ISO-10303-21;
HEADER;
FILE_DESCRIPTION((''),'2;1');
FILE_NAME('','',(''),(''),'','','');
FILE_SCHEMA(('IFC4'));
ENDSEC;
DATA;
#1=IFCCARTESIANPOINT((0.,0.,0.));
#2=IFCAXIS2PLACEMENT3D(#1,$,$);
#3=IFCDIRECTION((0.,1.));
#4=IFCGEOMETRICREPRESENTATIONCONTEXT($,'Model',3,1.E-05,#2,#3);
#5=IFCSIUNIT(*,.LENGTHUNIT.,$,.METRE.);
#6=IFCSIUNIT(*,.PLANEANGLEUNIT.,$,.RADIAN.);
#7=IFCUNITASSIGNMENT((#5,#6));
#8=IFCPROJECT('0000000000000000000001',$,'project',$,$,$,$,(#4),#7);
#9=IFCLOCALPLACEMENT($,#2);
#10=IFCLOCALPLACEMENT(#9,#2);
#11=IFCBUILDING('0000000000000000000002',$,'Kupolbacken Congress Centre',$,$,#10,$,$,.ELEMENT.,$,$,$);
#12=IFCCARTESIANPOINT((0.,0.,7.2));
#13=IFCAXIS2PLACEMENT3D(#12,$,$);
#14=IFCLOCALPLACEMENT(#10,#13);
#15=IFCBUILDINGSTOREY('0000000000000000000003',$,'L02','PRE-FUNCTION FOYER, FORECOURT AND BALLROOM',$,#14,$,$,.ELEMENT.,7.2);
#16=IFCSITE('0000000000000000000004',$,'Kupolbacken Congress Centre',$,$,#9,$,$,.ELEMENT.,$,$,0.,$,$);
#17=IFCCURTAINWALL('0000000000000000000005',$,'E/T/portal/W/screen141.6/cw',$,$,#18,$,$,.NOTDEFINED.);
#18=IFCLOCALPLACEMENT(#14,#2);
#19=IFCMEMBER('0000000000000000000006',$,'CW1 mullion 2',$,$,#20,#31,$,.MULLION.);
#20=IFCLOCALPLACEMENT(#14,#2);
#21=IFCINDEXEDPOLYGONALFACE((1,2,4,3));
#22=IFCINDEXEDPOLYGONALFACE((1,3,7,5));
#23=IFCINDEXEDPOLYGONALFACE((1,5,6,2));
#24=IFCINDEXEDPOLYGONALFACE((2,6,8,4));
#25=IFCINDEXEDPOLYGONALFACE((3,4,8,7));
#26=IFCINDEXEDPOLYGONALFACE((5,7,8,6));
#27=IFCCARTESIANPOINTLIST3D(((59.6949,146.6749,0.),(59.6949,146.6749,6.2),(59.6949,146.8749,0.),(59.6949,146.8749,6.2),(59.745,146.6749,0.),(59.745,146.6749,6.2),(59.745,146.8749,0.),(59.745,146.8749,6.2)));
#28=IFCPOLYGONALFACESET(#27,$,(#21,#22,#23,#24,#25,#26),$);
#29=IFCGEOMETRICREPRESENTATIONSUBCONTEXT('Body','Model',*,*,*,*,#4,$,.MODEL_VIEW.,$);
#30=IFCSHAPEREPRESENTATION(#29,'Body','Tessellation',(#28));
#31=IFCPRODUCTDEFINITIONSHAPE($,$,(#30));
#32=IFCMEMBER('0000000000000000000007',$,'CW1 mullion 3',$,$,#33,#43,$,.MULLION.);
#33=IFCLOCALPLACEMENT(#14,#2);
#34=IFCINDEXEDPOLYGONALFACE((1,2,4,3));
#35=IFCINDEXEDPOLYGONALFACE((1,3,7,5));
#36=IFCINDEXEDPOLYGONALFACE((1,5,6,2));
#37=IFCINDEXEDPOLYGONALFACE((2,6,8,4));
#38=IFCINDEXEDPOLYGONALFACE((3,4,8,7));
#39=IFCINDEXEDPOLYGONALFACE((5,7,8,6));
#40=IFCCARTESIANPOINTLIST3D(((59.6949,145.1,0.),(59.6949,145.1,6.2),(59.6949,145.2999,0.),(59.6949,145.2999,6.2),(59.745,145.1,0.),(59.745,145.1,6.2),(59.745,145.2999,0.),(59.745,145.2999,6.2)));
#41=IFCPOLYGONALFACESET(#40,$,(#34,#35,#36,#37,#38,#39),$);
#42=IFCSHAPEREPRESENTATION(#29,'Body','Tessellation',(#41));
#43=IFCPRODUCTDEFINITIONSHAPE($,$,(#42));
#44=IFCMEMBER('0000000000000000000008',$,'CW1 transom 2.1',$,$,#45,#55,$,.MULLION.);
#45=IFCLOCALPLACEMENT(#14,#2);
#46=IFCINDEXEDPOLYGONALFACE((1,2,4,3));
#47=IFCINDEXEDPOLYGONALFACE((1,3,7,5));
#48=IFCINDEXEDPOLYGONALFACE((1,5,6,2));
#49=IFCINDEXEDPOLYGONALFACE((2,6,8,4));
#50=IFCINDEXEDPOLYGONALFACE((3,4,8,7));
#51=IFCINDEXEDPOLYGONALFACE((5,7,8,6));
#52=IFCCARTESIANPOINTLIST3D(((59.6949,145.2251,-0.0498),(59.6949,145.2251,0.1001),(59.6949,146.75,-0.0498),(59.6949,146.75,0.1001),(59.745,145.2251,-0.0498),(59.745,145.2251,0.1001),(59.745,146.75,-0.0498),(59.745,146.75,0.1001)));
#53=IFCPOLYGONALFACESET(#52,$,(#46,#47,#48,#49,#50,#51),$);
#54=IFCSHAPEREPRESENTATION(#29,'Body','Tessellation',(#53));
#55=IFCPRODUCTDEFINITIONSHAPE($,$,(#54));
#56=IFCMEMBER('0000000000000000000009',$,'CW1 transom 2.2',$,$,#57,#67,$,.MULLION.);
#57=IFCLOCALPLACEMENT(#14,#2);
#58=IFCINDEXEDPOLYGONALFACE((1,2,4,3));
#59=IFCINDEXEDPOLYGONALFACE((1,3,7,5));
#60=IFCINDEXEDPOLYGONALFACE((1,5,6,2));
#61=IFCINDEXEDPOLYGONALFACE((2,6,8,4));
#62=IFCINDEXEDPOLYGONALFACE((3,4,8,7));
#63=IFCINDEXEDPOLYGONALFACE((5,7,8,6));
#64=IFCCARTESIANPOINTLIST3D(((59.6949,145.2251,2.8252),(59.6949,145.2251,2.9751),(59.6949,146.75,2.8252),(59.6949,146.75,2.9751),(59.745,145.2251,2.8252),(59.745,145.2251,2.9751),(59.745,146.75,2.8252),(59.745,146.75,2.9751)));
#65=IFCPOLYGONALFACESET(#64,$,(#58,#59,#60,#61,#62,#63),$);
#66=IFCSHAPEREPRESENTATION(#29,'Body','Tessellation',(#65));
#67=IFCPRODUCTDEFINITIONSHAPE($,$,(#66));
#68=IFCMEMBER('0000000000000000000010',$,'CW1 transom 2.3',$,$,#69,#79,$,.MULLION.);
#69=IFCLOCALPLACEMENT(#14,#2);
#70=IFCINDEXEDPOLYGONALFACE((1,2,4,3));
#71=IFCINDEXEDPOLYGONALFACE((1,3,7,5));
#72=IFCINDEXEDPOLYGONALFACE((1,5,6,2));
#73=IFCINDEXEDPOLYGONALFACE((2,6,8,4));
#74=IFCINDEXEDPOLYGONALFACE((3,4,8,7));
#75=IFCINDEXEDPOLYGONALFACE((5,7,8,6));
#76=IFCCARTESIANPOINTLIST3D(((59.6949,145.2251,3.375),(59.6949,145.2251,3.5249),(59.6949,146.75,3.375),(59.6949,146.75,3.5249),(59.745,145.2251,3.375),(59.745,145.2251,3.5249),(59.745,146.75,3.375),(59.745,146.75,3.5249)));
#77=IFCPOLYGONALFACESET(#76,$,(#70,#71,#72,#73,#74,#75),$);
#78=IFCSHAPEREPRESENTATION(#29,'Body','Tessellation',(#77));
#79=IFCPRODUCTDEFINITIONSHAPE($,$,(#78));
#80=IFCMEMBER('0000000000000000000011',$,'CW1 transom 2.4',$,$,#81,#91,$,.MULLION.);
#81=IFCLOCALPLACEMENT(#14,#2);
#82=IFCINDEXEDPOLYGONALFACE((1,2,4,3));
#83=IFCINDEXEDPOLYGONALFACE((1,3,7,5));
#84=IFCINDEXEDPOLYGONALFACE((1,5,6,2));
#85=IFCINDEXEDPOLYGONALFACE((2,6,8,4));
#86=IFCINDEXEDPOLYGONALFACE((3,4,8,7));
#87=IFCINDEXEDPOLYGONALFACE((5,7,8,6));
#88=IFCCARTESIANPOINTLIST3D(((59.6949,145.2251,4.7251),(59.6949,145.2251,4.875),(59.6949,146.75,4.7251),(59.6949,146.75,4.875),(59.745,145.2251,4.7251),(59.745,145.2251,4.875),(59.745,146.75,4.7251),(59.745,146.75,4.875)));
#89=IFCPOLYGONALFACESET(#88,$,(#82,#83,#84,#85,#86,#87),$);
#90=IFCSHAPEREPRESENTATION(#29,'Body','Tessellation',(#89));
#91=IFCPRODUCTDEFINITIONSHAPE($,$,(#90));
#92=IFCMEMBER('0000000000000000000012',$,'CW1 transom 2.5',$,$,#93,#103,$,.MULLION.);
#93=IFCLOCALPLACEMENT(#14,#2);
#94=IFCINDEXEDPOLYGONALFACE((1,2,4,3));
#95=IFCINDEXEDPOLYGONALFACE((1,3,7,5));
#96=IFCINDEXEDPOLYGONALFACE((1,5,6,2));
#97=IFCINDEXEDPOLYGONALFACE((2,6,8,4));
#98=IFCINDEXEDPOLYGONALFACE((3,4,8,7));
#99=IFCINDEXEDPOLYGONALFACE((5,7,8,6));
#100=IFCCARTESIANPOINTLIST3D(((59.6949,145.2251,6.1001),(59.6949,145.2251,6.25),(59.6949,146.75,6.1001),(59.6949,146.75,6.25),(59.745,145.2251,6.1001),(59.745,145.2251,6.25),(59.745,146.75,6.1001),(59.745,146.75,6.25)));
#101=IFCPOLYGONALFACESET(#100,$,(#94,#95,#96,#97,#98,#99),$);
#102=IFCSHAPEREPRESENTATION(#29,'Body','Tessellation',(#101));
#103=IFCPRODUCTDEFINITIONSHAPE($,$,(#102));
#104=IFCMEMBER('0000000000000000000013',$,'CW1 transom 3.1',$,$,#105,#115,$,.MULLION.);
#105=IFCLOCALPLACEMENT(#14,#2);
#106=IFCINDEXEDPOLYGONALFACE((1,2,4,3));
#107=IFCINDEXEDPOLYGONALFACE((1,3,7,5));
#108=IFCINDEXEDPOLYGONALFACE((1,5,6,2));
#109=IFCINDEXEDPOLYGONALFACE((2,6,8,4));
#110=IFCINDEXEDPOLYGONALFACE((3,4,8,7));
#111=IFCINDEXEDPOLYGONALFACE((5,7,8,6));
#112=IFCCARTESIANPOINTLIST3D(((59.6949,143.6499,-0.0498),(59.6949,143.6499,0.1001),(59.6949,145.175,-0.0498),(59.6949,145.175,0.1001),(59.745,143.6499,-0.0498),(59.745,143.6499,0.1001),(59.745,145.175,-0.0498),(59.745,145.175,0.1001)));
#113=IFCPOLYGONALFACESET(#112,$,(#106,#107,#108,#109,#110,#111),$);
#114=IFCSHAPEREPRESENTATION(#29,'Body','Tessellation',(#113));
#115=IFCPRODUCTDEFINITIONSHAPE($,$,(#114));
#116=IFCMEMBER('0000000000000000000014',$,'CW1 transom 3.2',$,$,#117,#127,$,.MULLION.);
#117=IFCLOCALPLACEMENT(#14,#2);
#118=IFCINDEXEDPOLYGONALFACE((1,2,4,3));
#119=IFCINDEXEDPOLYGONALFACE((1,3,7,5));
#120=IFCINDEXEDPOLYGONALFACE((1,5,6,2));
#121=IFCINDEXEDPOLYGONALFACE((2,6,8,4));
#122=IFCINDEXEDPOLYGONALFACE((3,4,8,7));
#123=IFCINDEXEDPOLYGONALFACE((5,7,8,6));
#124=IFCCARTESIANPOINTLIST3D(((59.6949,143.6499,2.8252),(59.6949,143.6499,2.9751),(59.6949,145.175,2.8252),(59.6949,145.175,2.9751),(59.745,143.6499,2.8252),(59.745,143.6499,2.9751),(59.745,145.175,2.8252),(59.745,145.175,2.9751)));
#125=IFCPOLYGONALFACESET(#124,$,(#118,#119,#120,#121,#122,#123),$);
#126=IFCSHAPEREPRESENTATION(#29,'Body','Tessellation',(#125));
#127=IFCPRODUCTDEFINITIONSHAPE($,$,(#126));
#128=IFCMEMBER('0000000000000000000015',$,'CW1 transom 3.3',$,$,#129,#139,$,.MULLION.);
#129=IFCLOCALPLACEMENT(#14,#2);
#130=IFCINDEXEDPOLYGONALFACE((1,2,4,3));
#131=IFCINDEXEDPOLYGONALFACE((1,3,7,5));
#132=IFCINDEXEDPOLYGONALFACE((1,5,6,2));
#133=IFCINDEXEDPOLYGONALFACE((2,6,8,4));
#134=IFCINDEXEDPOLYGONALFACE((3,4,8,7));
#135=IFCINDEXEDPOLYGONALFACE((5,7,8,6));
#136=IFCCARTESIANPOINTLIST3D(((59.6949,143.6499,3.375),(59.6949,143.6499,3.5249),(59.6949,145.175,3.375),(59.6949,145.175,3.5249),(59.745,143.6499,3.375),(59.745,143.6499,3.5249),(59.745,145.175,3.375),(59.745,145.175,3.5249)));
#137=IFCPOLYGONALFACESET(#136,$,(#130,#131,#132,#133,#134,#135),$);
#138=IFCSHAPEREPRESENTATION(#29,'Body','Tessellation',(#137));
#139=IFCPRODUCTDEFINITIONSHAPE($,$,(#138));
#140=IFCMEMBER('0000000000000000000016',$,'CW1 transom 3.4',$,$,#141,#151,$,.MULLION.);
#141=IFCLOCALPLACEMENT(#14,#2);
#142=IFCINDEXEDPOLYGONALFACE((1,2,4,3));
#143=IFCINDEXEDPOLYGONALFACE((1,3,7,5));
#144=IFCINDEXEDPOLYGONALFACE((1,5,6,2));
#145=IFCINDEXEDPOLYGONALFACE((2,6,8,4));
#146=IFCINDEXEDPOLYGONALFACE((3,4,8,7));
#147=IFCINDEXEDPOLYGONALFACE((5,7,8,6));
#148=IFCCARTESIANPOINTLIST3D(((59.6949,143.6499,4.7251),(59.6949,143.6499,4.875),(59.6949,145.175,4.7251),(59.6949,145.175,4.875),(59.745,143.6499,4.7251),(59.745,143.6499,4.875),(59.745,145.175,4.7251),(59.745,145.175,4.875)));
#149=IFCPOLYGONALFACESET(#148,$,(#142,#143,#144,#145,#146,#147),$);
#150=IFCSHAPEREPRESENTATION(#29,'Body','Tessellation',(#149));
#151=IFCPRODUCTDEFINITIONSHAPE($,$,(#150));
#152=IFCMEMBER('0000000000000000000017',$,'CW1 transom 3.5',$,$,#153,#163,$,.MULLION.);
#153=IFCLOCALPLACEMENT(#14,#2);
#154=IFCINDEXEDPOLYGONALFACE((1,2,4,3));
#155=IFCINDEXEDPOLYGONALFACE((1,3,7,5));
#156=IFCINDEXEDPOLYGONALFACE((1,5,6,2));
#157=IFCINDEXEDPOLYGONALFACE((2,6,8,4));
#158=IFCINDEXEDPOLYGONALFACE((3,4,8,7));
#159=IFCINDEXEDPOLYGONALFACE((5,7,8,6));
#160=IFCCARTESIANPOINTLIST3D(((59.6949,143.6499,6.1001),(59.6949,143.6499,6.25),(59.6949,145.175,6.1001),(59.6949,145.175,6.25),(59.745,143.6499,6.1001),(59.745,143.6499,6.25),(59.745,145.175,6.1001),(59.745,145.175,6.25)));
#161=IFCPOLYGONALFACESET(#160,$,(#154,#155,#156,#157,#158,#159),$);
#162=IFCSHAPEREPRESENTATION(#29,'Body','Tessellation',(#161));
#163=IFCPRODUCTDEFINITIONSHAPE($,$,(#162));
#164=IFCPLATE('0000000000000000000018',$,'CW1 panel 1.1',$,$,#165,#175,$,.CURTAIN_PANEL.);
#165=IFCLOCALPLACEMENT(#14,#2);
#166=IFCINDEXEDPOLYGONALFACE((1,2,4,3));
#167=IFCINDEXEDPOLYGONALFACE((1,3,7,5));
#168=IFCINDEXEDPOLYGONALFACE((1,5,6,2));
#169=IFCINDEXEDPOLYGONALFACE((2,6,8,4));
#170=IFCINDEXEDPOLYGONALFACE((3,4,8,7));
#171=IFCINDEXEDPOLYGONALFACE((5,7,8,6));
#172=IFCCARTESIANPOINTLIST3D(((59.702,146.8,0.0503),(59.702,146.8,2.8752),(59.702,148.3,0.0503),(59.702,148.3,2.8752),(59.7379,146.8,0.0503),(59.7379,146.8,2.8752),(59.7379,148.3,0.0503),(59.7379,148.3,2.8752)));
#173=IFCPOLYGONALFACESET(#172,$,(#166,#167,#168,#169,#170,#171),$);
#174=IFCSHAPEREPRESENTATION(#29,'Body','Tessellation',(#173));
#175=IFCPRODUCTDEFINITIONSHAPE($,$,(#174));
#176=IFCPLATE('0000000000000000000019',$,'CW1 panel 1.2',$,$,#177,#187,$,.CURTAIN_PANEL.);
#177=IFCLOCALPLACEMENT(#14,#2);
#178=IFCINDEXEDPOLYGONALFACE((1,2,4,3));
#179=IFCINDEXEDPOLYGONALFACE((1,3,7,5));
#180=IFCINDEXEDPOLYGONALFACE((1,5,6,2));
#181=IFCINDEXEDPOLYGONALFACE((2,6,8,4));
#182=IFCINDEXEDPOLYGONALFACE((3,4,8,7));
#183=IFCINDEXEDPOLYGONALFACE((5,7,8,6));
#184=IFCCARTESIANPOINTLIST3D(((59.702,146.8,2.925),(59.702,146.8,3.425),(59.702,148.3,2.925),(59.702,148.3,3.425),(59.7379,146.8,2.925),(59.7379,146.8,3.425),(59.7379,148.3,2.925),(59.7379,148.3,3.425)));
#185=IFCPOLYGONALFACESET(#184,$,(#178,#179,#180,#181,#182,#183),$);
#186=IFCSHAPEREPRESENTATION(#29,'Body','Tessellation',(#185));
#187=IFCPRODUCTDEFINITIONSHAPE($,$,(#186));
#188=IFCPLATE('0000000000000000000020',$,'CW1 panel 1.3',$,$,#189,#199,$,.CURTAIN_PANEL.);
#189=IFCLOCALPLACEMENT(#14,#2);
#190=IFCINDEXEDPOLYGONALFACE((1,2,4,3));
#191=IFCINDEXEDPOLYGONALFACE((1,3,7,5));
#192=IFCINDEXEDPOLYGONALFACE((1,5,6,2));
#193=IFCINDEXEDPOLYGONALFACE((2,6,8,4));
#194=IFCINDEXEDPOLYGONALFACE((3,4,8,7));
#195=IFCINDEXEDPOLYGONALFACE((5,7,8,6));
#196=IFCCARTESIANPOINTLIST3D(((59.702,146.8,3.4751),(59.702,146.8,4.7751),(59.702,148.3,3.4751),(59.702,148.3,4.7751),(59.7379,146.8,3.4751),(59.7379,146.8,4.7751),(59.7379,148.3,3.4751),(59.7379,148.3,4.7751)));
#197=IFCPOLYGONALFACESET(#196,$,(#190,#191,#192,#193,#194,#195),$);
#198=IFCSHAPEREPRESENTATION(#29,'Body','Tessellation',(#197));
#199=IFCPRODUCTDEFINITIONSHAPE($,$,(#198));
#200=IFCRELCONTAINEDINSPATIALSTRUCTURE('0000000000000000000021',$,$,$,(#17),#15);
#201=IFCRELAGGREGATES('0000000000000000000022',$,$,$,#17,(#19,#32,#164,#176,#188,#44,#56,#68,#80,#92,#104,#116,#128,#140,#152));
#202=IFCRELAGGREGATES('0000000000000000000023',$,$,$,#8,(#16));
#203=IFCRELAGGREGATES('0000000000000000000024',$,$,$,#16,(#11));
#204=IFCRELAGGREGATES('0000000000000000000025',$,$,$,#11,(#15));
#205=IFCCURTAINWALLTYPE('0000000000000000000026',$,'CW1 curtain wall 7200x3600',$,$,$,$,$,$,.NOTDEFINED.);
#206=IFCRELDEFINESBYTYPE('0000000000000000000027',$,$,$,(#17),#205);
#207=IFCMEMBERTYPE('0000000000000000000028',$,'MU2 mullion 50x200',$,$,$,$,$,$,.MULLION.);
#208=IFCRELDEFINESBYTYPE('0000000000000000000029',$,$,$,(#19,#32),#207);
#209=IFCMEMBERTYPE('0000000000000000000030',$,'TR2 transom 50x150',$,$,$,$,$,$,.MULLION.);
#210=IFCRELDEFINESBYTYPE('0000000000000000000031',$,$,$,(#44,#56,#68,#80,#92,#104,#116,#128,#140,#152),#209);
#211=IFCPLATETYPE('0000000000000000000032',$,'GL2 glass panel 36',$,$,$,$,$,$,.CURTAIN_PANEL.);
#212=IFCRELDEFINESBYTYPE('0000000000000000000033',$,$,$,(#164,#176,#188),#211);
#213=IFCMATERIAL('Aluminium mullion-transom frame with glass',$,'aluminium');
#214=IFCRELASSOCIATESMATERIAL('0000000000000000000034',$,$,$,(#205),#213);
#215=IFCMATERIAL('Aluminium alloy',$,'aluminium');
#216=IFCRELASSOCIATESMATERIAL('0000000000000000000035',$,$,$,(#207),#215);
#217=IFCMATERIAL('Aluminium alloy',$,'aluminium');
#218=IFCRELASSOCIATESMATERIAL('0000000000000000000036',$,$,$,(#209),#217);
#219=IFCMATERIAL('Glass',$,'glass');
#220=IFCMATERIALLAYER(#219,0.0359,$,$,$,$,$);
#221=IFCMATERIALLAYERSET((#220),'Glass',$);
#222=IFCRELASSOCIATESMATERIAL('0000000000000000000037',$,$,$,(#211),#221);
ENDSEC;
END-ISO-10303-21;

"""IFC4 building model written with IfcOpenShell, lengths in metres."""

from ifc_helpers import new_model, si_unit, direction, frame, origin, origin_2d, place, context, subcontext, project, spatial, rectangle, extrude, material, layer, layer_set, material_profile, profile_set, type_object, element, aggregate, save


model = new_model("IFC4")

# Units and contexts
model_context = context("Model", 3, precision=1e-05, world=origin(), true_north=direction((0.0, 1.0)))
body_context = subcontext(model_context, "Body", "Model", "MODEL_VIEW")
ifc_project = project(units=[si_unit("LENGTHUNIT", "METRE"), si_unit("PLANEANGLEUNIT", "RADIAN")], contexts=[model_context])

# Site, building, storey
site_placement = place(None, origin())
site = spatial("IfcSite", under=ifc_project, at=site_placement, Name="Kupolbacken Congress Centre", CompositionType="ELEMENT", RefElevation=0.0)
building_placement = place(site_placement, origin())
building = spatial("IfcBuilding", under=site, at=building_placement, Name="Kupolbacken Congress Centre", CompositionType="ELEMENT")
storey_placement = place(building_placement, frame((0.0, 0.0, 7.2)))
storey = spatial("IfcBuildingStorey", under=building, at=storey_placement, Name="L02", Description="PRE-FUNCTION FOYER, FORECOURT AND BALLROOM", CompositionType="ELEMENT", Elevation=7.2)

# Curtain wall, members, plates
ifc_material_1 = material(Name="Aluminium mullion-transom frame with glass", Category="aluminium")
curtain_wall_type = type_object("IfcCurtainWallType", Name="CW1 curtain wall 7200x3600", PredefinedType="NOTDEFINED", material=ifc_material_1)
curtain_wall_placement = place(storey_placement, origin())
curtain_wall = element("IfcCurtainWall", 1, at=curtain_wall_placement, inside=storey, type_object=curtain_wall_type, Name="E/T/portal/W/screen141.6/cw", PredefinedType="NOTDEFINED")
ifc_material_2 = material(Name="Aluminium alloy", Category="aluminium")
ifc_material_profile_1 = material_profile(ifc_material_2, rectangle(XDim=0.05, YDim=0.2, at=origin_2d()), Name="50 x 200")
ifc_profile_set_1 = profile_set([ifc_material_profile_1], Name="Aluminium alloy")
member_type_1 = type_object("IfcMemberType", Name="MU2 mullion 50x200", PredefinedType="MULLION", material=ifc_profile_set_1)
member_1_placement = place(storey_placement, frame((59.72, 146.7749, 0.0), z_axis=(0.0, 0.0, 1.0), x_axis=(1.0, 0.0, 0.0)))
member_1 = element("IfcMember", 2, at=member_1_placement, type_object=member_type_1, Name="CW1 mullion 2", PredefinedType="MULLION", context=body_context, shape_type="SweptSolid", body=[
    extrude(rectangle(XDim=0.05, YDim=0.2, at=origin_2d()), origin(), (0.0, 0.0, 1.0), 6.2),
])
member_2_placement = place(storey_placement, frame((59.72, 145.2, 0.0), z_axis=(0.0, 0.0, 1.0), x_axis=(1.0, 0.0, 0.0)))
member_2 = element("IfcMember", 3, at=member_2_placement, type_object=member_type_1, Name="CW1 mullion 3", PredefinedType="MULLION", context=body_context, shape_type="SweptSolid", body=[
    extrude(rectangle(XDim=0.05, YDim=0.2, at=origin_2d()), origin(), (0.0, 0.0, 1.0), 6.2),
])
ifc_material_3 = material(Name="Aluminium alloy", Category="aluminium")
ifc_material_profile_2 = material_profile(ifc_material_3, rectangle(XDim=0.05, YDim=0.1499, at=origin_2d()), Name="50 x 150")
ifc_profile_set_2 = profile_set([ifc_material_profile_2], Name="Aluminium alloy")
member_type_2 = type_object("IfcMemberType", Name="TR2 transom 50x150", PredefinedType="MULLION", material=ifc_profile_set_2)
member_3_placement = place(storey_placement, frame((59.72, 146.75, 0.0251), z_axis=(0.0, -1.0, 0.0), x_axis=(1.0, 0.0, 0.0)))
member_3 = element("IfcMember", 4, at=member_3_placement, type_object=member_type_2, Name="CW1 transom 2.1", PredefinedType="MULLION", context=body_context, shape_type="SweptSolid", body=[
    extrude(rectangle(XDim=0.05, YDim=0.1499, at=origin_2d()), origin(), (0.0, 0.0, 1.0), 1.5249),
])
member_4_placement = place(storey_placement, frame((59.72, 146.75, 2.9001), z_axis=(0.0, -1.0, 0.0), x_axis=(1.0, 0.0, 0.0)))
member_4 = element("IfcMember", 5, at=member_4_placement, type_object=member_type_2, Name="CW1 transom 2.2", PredefinedType="MULLION", context=body_context, shape_type="SweptSolid", body=[
    extrude(rectangle(XDim=0.05, YDim=0.1499, at=origin_2d()), origin(), (0.0, 0.0, 1.0), 1.5249),
])
member_5_placement = place(storey_placement, frame((59.72, 146.75, 3.45), z_axis=(0.0, -1.0, 0.0), x_axis=(1.0, 0.0, 0.0)))
member_5 = element("IfcMember", 6, at=member_5_placement, type_object=member_type_2, Name="CW1 transom 2.3", PredefinedType="MULLION", context=body_context, shape_type="SweptSolid", body=[
    extrude(rectangle(XDim=0.05, YDim=0.1499, at=origin_2d()), origin(), (0.0, 0.0, 1.0), 1.5249),
])
member_6_placement = place(storey_placement, frame((59.72, 146.75, 4.8), z_axis=(0.0, -1.0, 0.0), x_axis=(1.0, 0.0, 0.0)))
member_6 = element("IfcMember", 7, at=member_6_placement, type_object=member_type_2, Name="CW1 transom 2.4", PredefinedType="MULLION", context=body_context, shape_type="SweptSolid", body=[
    extrude(rectangle(XDim=0.05, YDim=0.1499, at=origin_2d()), origin(), (0.0, 0.0, 1.0), 1.5249),
])
member_7_placement = place(storey_placement, frame((59.72, 146.75, 6.175), z_axis=(0.0, -1.0, 0.0), x_axis=(1.0, 0.0, 0.0)))
member_7 = element("IfcMember", 8, at=member_7_placement, type_object=member_type_2, Name="CW1 transom 2.5", PredefinedType="MULLION", context=body_context, shape_type="SweptSolid", body=[
    extrude(rectangle(XDim=0.05, YDim=0.1499, at=origin_2d()), origin(), (0.0, 0.0, 1.0), 1.5249),
])
member_8_placement = place(storey_placement, frame((59.72, 145.175, 0.0251), z_axis=(0.0, -1.0, 0.0), x_axis=(1.0, 0.0, 0.0)))
member_8 = element("IfcMember", 9, at=member_8_placement, type_object=member_type_2, Name="CW1 transom 3.1", PredefinedType="MULLION", context=body_context, shape_type="SweptSolid", body=[
    extrude(rectangle(XDim=0.05, YDim=0.1499, at=origin_2d()), origin(), (0.0, 0.0, 1.0), 1.5251),
])
member_9_placement = place(storey_placement, frame((59.72, 145.175, 2.9001), z_axis=(0.0, -1.0, 0.0), x_axis=(1.0, 0.0, 0.0)))
member_9 = element("IfcMember", 10, at=member_9_placement, type_object=member_type_2, Name="CW1 transom 3.2", PredefinedType="MULLION", context=body_context, shape_type="SweptSolid", body=[
    extrude(rectangle(XDim=0.05, YDim=0.1499, at=origin_2d()), origin(), (0.0, 0.0, 1.0), 1.5251),
])
member_10_placement = place(storey_placement, frame((59.72, 145.175, 3.45), z_axis=(0.0, -1.0, 0.0), x_axis=(1.0, 0.0, 0.0)))
member_10 = element("IfcMember", 11, at=member_10_placement, type_object=member_type_2, Name="CW1 transom 3.3", PredefinedType="MULLION", context=body_context, shape_type="SweptSolid", body=[
    extrude(rectangle(XDim=0.05, YDim=0.1499, at=origin_2d()), origin(), (0.0, 0.0, 1.0), 1.5251),
])
member_11_placement = place(storey_placement, frame((59.72, 145.175, 4.8), z_axis=(0.0, -1.0, 0.0), x_axis=(1.0, 0.0, 0.0)))
member_11 = element("IfcMember", 12, at=member_11_placement, type_object=member_type_2, Name="CW1 transom 3.4", PredefinedType="MULLION", context=body_context, shape_type="SweptSolid", body=[
    extrude(rectangle(XDim=0.05, YDim=0.1499, at=origin_2d()), origin(), (0.0, 0.0, 1.0), 1.5251),
])
member_12_placement = place(storey_placement, frame((59.72, 145.175, 6.175), z_axis=(0.0, -1.0, 0.0), x_axis=(1.0, 0.0, 0.0)))
member_12 = element("IfcMember", 13, at=member_12_placement, type_object=member_type_2, Name="CW1 transom 3.5", PredefinedType="MULLION", context=body_context, shape_type="SweptSolid", body=[
    extrude(rectangle(XDim=0.05, YDim=0.1499, at=origin_2d()), origin(), (0.0, 0.0, 1.0), 1.5251),
])
ifc_material_4 = material(Name="Glass", Category="glass")
ifc_layer = layer(ifc_material_4, 0.0359)
ifc_layer_set = layer_set([ifc_layer], Name="Glass")
plate_type = type_object("IfcPlateType", Name="GL2 glass panel 36", PredefinedType="CURTAIN_PANEL", material=ifc_layer_set)
plate_1_placement = place(storey_placement, frame((59.72, 147.55, 0.0503), z_axis=(0.0, 0.0, 1.0), x_axis=(0.0, -1.0, 0.0)))
plate_1 = element("IfcPlate", 14, at=plate_1_placement, type_object=plate_type, Name="CW1 panel 1.1", PredefinedType="CURTAIN_PANEL", context=body_context, shape_type="SweptSolid", body=[
    extrude(rectangle(XDim=1.5, YDim=0.0359, at=origin_2d()), origin(), (0.0, 0.0, 1.0), 2.825),
])
plate_2_placement = place(storey_placement, frame((59.72, 147.55, 2.925), z_axis=(0.0, 0.0, 1.0), x_axis=(0.0, -1.0, 0.0)))
plate_2 = element("IfcPlate", 15, at=plate_2_placement, type_object=plate_type, Name="CW1 panel 1.2", PredefinedType="CURTAIN_PANEL", context=body_context, shape_type="SweptSolid", body=[
    extrude(rectangle(XDim=1.5, YDim=0.0359, at=origin_2d()), origin(), (0.0, 0.0, 1.0), 0.5),
])
plate_3_placement = place(storey_placement, frame((59.72, 147.55, 3.4751), z_axis=(0.0, 0.0, 1.0), x_axis=(0.0, -1.0, 0.0)))
plate_3 = element("IfcPlate", 16, at=plate_3_placement, type_object=plate_type, Name="CW1 panel 1.3", PredefinedType="CURTAIN_PANEL", context=body_context, shape_type="SweptSolid", body=[
    extrude(rectangle(XDim=1.5, YDim=0.0359, at=origin_2d()), origin(), (0.0, 0.0, 1.0), 1.3),
])
aggregate(curtain_wall, [member_1, member_2, plate_1, plate_2, plate_3, member_3, member_4, member_5, member_6, member_7, member_8, member_9, member_10, member_11, member_12])

save(model, "model.ifc")
